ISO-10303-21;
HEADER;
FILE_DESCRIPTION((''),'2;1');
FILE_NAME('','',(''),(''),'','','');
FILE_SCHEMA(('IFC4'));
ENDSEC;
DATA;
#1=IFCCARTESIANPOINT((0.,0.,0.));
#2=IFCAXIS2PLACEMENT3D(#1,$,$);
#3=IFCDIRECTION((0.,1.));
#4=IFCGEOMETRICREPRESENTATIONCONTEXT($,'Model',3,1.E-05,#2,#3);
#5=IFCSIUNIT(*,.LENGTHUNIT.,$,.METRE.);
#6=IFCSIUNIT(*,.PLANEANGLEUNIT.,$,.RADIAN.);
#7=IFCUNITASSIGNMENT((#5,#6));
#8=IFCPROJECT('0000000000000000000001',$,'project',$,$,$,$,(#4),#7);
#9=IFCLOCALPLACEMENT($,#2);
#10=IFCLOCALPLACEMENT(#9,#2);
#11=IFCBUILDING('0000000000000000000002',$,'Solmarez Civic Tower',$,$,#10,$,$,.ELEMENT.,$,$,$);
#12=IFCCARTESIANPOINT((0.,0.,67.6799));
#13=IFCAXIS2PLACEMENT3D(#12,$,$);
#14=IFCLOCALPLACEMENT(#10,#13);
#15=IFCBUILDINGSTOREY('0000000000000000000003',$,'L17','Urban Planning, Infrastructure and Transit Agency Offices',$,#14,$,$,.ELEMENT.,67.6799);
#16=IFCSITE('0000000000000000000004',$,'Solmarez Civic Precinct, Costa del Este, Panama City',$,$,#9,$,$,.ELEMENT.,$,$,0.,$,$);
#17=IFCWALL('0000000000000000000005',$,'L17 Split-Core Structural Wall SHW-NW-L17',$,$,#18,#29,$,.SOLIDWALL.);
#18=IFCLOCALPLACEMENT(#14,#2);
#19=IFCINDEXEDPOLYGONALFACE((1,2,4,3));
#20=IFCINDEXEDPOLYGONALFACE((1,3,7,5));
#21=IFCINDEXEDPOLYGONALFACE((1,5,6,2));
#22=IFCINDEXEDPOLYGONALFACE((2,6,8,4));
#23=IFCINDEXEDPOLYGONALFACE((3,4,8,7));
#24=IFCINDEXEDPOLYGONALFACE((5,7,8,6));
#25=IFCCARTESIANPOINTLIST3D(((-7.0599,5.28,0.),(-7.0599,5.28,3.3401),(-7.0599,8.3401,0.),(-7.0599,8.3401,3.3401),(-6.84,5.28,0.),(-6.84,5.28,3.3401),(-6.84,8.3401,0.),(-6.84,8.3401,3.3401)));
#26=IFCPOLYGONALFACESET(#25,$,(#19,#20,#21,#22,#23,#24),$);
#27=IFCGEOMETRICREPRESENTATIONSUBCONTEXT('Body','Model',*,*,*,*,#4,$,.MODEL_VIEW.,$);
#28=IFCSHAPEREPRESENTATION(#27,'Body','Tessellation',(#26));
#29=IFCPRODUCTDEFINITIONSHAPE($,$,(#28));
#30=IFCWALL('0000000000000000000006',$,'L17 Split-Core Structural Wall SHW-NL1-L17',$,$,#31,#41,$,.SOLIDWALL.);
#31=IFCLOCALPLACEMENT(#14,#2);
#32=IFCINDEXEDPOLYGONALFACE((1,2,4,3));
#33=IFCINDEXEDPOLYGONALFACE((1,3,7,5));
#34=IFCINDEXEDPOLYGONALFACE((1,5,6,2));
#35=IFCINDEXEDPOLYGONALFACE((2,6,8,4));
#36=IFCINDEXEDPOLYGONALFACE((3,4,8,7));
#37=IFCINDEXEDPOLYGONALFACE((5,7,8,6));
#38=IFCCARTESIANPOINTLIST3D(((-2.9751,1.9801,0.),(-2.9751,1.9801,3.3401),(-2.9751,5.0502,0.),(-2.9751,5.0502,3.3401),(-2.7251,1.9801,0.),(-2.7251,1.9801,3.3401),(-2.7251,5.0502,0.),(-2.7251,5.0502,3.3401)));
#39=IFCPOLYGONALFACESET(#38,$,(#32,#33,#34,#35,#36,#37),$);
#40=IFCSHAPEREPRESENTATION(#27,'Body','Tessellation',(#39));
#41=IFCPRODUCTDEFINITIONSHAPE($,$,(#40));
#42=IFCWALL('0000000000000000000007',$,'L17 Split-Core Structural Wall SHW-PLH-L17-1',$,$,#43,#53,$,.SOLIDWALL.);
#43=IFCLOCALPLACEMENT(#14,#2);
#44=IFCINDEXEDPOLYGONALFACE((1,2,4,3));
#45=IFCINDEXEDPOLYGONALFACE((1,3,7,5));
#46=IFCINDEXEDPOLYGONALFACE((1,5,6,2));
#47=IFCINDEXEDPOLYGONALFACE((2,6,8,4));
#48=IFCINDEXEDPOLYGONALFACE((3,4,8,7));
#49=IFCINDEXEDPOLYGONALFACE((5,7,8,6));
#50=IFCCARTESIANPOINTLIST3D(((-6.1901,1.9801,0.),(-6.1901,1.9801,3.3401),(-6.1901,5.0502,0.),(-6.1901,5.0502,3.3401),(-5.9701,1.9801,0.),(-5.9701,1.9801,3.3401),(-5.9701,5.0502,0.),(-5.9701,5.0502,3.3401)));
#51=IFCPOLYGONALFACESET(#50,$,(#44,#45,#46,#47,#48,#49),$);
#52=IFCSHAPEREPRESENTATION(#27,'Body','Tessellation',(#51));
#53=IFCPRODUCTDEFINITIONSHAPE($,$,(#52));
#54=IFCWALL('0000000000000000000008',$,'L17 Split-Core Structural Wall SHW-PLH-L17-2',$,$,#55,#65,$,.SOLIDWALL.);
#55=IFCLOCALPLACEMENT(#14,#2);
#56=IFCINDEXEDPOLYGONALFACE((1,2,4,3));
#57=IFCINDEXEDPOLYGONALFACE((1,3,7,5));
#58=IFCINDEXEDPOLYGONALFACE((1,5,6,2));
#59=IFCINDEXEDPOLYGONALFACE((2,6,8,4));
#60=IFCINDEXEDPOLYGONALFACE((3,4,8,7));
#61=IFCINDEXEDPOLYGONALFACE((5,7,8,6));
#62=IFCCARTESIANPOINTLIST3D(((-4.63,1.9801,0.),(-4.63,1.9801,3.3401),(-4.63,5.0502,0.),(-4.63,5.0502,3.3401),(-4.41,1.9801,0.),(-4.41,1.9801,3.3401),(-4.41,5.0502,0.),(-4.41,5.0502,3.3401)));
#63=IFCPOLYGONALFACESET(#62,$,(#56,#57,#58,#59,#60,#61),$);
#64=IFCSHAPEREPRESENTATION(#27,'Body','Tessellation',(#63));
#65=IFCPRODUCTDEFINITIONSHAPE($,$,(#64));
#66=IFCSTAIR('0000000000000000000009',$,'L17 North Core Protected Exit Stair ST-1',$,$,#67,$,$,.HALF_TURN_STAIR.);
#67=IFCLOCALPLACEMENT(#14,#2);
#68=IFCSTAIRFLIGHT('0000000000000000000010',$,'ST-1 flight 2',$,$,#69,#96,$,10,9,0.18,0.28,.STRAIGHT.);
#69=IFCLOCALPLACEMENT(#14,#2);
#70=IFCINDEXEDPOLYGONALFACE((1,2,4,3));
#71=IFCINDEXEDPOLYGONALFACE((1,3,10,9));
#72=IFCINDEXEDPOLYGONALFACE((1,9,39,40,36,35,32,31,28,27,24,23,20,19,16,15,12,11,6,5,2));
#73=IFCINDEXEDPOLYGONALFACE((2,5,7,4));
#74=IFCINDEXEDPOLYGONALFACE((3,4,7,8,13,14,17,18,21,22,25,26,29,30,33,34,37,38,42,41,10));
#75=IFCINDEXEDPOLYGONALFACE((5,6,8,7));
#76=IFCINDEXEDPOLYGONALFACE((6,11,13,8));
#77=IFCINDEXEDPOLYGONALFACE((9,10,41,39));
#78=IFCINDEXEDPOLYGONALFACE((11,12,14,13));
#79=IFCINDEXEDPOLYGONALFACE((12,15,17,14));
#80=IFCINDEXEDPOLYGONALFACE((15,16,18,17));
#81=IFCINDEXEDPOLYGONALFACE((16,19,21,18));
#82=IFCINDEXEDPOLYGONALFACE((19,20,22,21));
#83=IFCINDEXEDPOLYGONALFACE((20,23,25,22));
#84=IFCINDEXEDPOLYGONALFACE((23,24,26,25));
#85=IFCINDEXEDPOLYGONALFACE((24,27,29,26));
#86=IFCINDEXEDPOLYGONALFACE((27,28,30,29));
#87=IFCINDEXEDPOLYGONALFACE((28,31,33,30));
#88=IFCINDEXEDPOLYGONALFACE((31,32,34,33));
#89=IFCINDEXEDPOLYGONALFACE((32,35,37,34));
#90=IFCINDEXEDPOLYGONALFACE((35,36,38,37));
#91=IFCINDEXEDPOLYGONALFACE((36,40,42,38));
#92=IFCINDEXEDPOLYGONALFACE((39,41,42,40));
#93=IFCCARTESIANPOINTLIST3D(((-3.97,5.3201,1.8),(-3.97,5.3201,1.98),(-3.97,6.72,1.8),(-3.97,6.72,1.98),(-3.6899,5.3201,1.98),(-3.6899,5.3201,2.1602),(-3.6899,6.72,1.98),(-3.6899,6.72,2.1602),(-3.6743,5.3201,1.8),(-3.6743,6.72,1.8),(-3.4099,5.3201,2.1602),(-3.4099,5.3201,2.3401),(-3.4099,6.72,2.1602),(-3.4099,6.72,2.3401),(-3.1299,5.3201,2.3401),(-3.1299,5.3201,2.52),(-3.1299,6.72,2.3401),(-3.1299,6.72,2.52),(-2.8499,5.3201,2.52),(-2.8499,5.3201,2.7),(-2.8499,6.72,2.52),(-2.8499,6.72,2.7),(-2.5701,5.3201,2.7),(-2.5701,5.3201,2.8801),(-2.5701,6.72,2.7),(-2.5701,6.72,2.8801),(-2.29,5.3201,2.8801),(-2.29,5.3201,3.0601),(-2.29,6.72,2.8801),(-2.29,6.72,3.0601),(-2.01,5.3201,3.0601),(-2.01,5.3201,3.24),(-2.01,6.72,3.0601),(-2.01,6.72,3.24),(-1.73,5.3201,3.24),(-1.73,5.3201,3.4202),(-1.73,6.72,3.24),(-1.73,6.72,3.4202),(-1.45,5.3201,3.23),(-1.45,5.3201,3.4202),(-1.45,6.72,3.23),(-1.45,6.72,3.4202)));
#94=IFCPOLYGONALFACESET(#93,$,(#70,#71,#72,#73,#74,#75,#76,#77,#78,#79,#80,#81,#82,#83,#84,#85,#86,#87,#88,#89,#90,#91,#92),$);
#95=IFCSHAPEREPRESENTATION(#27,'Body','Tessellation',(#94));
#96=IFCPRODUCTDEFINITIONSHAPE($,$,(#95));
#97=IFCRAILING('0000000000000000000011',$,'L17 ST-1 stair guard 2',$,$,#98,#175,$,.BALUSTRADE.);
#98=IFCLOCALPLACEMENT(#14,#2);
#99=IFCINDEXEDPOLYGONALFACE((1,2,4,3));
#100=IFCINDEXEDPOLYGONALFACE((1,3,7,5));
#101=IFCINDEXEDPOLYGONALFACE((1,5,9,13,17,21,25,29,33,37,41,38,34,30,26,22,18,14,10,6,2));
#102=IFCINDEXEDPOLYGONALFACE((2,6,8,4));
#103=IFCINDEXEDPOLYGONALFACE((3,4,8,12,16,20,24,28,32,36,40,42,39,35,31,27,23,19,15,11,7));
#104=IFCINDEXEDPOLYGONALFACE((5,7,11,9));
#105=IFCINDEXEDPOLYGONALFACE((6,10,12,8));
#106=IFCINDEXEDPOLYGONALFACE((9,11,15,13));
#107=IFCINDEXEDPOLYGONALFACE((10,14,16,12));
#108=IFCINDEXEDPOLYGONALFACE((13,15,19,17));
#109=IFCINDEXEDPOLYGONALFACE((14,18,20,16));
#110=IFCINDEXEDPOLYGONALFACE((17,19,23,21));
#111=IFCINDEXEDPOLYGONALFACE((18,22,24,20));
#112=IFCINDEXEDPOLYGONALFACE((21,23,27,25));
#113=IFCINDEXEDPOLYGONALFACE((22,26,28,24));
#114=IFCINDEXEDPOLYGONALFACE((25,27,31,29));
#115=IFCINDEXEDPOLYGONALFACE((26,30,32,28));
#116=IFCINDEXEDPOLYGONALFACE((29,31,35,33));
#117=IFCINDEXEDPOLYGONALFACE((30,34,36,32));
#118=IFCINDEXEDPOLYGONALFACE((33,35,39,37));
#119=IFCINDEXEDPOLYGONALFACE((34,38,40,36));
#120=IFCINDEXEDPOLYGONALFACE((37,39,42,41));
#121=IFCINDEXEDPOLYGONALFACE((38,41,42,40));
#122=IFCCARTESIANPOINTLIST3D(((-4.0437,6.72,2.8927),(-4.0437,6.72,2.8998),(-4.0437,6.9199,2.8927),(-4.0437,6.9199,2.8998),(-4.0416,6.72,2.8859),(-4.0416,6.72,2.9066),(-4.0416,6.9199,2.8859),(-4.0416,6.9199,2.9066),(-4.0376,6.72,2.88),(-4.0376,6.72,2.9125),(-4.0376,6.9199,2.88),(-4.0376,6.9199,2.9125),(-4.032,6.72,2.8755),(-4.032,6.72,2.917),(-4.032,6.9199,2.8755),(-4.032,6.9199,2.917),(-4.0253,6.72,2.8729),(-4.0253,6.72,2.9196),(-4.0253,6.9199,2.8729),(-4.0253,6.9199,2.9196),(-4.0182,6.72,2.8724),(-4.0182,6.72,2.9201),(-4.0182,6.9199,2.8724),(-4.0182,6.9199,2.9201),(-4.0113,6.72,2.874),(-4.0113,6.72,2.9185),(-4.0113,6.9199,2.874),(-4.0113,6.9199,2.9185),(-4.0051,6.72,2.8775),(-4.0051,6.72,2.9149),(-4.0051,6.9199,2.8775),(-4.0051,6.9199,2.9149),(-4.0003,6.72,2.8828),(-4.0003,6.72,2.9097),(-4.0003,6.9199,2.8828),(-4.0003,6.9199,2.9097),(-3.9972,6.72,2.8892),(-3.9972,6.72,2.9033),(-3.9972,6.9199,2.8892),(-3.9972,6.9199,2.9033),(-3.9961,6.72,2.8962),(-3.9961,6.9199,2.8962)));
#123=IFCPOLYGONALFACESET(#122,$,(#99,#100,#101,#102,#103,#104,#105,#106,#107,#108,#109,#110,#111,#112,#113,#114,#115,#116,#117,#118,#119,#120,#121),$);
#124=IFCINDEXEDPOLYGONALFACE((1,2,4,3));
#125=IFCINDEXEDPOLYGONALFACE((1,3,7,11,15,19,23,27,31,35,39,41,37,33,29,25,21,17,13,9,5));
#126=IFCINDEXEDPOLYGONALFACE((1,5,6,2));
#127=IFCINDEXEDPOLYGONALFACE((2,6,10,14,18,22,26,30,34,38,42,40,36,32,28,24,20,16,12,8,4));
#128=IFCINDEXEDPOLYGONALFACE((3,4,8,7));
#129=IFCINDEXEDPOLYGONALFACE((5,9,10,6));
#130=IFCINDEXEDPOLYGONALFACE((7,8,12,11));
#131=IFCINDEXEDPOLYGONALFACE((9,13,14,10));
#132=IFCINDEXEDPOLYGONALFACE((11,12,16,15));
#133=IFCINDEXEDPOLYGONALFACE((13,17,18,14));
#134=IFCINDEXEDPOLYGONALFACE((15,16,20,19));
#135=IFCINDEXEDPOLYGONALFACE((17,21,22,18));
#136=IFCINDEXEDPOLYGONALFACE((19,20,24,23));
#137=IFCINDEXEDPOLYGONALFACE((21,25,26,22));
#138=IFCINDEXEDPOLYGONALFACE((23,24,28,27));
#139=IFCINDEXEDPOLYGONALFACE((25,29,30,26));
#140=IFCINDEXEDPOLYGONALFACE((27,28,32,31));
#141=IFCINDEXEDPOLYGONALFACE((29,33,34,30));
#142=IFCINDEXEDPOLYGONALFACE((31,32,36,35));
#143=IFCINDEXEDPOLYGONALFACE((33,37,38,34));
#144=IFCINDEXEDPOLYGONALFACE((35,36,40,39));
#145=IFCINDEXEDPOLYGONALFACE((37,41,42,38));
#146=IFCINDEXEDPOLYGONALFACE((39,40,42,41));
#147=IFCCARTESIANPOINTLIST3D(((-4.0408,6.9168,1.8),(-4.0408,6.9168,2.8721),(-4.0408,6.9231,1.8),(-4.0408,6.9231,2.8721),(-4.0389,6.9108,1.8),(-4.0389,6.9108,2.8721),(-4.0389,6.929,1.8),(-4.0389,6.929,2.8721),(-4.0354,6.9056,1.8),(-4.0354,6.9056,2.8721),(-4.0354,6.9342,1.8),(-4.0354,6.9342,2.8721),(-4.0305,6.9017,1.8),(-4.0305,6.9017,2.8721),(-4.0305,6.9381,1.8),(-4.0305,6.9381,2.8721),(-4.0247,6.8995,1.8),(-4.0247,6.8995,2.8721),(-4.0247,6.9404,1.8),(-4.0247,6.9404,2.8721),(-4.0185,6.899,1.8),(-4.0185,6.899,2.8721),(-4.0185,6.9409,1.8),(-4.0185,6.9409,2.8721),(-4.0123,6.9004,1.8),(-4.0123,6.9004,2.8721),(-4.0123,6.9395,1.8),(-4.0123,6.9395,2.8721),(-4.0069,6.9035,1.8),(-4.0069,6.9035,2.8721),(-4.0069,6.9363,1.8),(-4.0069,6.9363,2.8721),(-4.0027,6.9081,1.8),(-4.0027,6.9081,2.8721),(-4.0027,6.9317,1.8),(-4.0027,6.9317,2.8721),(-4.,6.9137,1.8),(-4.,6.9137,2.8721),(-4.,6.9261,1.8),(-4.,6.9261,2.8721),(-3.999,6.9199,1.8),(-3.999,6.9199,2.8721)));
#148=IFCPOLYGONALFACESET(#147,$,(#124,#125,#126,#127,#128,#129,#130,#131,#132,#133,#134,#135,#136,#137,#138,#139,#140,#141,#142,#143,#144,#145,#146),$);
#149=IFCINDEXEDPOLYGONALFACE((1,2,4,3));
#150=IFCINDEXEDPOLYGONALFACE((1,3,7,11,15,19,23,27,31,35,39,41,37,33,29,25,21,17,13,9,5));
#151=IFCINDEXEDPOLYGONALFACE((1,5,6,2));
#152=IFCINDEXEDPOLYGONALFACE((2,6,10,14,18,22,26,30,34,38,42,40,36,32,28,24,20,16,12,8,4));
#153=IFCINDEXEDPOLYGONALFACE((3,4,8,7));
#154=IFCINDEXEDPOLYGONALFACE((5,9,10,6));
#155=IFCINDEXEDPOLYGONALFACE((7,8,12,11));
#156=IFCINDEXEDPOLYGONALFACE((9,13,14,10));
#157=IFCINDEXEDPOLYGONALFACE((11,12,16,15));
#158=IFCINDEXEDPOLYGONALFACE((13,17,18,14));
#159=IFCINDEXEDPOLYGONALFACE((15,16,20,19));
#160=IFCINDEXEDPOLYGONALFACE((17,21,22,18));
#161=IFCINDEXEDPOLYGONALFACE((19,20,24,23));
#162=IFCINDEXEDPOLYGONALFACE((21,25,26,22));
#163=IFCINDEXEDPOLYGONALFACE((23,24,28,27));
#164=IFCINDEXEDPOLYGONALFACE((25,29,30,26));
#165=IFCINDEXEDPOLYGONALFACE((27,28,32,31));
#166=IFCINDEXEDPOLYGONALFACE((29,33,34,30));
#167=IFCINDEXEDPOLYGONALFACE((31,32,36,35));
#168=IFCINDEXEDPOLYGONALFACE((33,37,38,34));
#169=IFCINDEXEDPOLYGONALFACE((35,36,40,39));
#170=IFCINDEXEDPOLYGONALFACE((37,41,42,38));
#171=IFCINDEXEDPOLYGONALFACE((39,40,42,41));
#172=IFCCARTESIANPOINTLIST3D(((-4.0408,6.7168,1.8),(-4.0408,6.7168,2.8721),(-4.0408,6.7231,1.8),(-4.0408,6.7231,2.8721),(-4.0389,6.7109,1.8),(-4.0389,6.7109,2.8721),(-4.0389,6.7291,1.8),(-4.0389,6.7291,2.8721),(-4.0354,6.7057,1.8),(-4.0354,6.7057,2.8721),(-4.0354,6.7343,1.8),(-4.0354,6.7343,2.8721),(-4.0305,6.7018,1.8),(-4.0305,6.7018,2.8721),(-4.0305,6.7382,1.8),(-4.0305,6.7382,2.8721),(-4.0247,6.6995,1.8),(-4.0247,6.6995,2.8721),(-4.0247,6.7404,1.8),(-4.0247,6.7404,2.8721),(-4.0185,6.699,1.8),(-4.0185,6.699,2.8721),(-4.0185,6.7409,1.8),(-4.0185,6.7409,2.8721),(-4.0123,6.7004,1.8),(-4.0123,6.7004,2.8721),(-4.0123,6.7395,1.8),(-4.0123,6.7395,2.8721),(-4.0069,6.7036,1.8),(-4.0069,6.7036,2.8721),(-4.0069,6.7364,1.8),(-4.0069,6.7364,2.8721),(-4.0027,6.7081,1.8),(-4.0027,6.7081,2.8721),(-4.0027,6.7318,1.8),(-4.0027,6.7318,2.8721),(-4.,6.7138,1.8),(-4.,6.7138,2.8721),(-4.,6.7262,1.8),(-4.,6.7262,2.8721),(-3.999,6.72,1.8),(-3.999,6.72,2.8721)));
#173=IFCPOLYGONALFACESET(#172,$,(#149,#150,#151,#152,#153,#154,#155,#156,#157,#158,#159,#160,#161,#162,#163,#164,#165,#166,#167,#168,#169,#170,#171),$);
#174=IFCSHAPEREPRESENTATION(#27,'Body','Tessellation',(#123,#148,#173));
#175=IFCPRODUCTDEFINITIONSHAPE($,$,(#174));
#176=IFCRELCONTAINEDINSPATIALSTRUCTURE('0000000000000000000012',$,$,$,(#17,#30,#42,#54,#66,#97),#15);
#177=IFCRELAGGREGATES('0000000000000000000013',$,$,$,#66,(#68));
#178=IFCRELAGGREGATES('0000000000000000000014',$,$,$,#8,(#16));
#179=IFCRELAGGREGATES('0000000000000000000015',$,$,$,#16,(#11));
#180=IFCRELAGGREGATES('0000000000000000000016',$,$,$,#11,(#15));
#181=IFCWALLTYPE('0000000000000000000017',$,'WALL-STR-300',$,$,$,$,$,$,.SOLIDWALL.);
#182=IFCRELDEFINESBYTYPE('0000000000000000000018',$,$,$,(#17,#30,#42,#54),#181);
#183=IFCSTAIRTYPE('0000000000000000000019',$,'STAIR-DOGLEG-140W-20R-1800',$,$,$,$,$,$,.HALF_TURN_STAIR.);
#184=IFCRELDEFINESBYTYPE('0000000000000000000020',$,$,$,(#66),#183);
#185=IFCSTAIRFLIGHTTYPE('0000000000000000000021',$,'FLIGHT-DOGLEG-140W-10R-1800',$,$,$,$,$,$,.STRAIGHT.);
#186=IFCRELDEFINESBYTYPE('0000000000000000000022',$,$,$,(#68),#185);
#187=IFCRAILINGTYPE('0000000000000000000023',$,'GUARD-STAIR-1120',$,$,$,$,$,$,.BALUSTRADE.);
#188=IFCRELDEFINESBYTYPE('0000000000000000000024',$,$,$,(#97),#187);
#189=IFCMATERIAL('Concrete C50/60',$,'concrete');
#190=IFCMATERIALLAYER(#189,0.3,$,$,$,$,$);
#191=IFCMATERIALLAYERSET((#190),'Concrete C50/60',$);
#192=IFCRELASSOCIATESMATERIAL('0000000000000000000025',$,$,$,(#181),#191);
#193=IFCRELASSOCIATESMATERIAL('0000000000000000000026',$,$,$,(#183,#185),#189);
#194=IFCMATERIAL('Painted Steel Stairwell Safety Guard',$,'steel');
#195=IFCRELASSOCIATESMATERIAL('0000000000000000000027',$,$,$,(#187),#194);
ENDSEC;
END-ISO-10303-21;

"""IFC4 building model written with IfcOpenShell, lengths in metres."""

from ifc_helpers import new_model, si_unit, direction, frame, frame_2d, origin, origin_2d, place, context, subcontext, project, spatial, polyline, rectangle, circle, outline, extrude, material, layer, layer_set, type_object, element, aggregate, save


model = new_model("IFC4")

# Units and contexts
model_context = context("Model", 3, precision=1e-05, world=origin(), true_north=direction((0.0, 1.0)))
body_context = subcontext(model_context, "Body", "Model", "MODEL_VIEW")
ifc_project = project(units=[si_unit("LENGTHUNIT", "METRE"), si_unit("PLANEANGLEUNIT", "RADIAN")], contexts=[model_context])

# Site, building, storey
site_placement = place(None, origin())
site = spatial("IfcSite", under=ifc_project, at=site_placement, Name="Solmarez Civic Precinct, Costa del Este, Panama City", CompositionType="ELEMENT", RefElevation=0.0)
building_placement = place(site_placement, origin())
building = spatial("IfcBuilding", under=site, at=building_placement, Name="Solmarez Civic Tower", CompositionType="ELEMENT")
storey_placement = place(building_placement, frame((0.0, 0.0, 67.6799)))
storey = spatial("IfcBuildingStorey", under=building, at=storey_placement, Name="L17", Description="Urban Planning, Infrastructure and Transit Agency Offices", CompositionType="ELEMENT", Elevation=67.6799)

# Walls
ifc_material_1 = material(Name="Concrete C50/60", Category="concrete")
ifc_layer_1 = layer(ifc_material_1, 0.3)
ifc_layer_set_1 = layer_set([ifc_layer_1], Name="Concrete C50/60")
wall_type_1 = type_object("IfcWallType", Name="WALL-STR-300", PredefinedType="SOLIDWALL", material=ifc_layer_set_1)
wall_1_placement = place(storey_placement, frame((-6.95, 5.28, 0.0), z_axis=(0.0, 0.0, 1.0), x_axis=(0.0, 1.0, 0.0)))
element("IfcWall", 1, at=wall_1_placement, inside=storey, type_object=wall_type_1, Name="L17 Split-Core Structural Wall SHW-NW-L17", PredefinedType="SOLIDWALL", context=body_context, shape_type="SweptSolid", body=[
    extrude(rectangle(XDim=3.0601, YDim=0.22, at=frame_2d((1.53, 0.0))), origin(), (0.0, 0.0, 1.0), 3.3401),
])
wall_2_placement = place(storey_placement, frame((-2.8501, 1.98, 0.0), z_axis=(0.0, 0.0, 1.0), x_axis=(0.0, 1.0, 0.0)))
element("IfcWall", 2, at=wall_2_placement, inside=storey, type_object=wall_type_1, Name="L17 Split-Core Structural Wall SHW-NL1-L17", PredefinedType="SOLIDWALL", context=body_context, shape_type="SweptSolid", body=[
    extrude(rectangle(XDim=3.0701, YDim=0.25, at=frame_2d((1.5352, 0.0))), origin(), (0.0, 0.0, 1.0), 3.3401),
])
for number, where, z_axis, x_axis, name in (
    (3, (-6.0801, 1.98, 0.0), (0.0, 0.0, 1.0), (0.0, 1.0, 0.0), "L17 Split-Core Structural Wall SHW-PLH-L17-1"),
    (4, (-4.52, 1.98, 0.0), (0.0, 0.0, 1.0), (0.0, 1.0, 0.0), "L17 Split-Core Structural Wall SHW-PLH-L17-2"),
):
    element("IfcWall", number, at=place(storey_placement, frame(where, z_axis=z_axis, x_axis=x_axis)), inside=storey, type_object=wall_type_1, Name=name, PredefinedType="SOLIDWALL", context=body_context, shape_type="SweptSolid", body=[
        extrude(rectangle(XDim=3.0701, YDim=0.22, at=frame_2d((1.5352, 0.0))), origin(), (0.0, 0.0, 1.0), 3.3401),
    ])

# Stair, stair flight
stair_type = type_object("IfcStairType", Name="STAIR-DOGLEG-140W-20R-1800", PredefinedType="HALF_TURN_STAIR", material=ifc_material_1)
stair_placement = place(storey_placement, origin())
stair = element("IfcStair", 5, at=stair_placement, inside=storey, type_object=stair_type, Name="L17 North Core Protected Exit Stair ST-1", PredefinedType="HALF_TURN_STAIR")
stair_flight_type = type_object("IfcStairFlightType", Name="FLIGHT-DOGLEG-140W-10R-1800", PredefinedType="STRAIGHT", material=ifc_material_1)
stair_flight_placement = place(storey_placement, frame((-3.97, 6.02, 1.8), z_axis=(0.0, 0.0, 1.0), x_axis=(1.0, 0.0, 0.0)))
stair_flight = element("IfcStairFlight", 6, at=stair_flight_placement, type_object=stair_flight_type, Name="ST-1 flight 2", NumberOfRisers=10, NumberOfTreads=9, PredefinedType="STRAIGHT", RiserHeight=0.18, TreadLength=0.28, context=body_context, shape_type="SweptSolid", body=[
    extrude(outline(polyline([(0.0, 0.0), (0.0, 0.1799), (0.28, 0.1799), (0.28, 0.3601), (0.5601, 0.3601), (0.5601, 0.54), (0.8401, 0.54), (0.8401, 0.72), (1.1201, 0.72), (1.1201, 0.8999), (1.3999, 0.8999), (1.3999, 1.0801), (1.6799, 1.0801), (1.6799, 1.26), (1.96, 1.26), (1.96, 1.4399), (2.24, 1.4399), (2.24, 1.6201), (2.52, 1.6201), (2.52, 1.8), (2.52, 1.4299), (0.2957, 0.0), (0.0, 0.0)])), frame((0.0, 0.7, 0.0), z_axis=(0.0, -1.0, 0.0), x_axis=(1.0, 0.0, 0.0)), (0.0, 0.0, 1.0), 1.3999),
])
aggregate(stair, [stair_flight])

# Railing
ifc_material_2 = material(Name="Painted Steel Stairwell Safety Guard", Category="steel")
railing_type_1 = type_object("IfcRailingType", Name="GUARD-STAIR-1120", PredefinedType="BALUSTRADE", material=ifc_material_2)
railing_1_placement = place(storey_placement, frame((-4.02, 6.9199, 1.8)))
element("IfcRailing", 7, at=railing_1_placement, inside=storey, type_object=railing_type_1, Name="L17 ST-1 stair guard 2", PredefinedType="BALUSTRADE", context=body_context, shape_type="SweptSolid", body=[
    extrude(circle(Radius=0.0239, at=origin_2d()), frame((0.0, 0.0, 1.0962), z_axis=(0.0, -1.0, 0.0), x_axis=(1.0, 0.0, 0.0)), (0.0, 0.0, 1.0), 0.2),
    extrude(circle(Radius=0.021, at=origin_2d()), origin(), (0.0, 0.0, 1.0), 1.072),
    extrude(circle(Radius=0.021, at=origin_2d()), frame((0.0, -0.2, 0.0)), (0.0, 0.0, 1.0), 1.072),
])

save(model, "model.ifc")
